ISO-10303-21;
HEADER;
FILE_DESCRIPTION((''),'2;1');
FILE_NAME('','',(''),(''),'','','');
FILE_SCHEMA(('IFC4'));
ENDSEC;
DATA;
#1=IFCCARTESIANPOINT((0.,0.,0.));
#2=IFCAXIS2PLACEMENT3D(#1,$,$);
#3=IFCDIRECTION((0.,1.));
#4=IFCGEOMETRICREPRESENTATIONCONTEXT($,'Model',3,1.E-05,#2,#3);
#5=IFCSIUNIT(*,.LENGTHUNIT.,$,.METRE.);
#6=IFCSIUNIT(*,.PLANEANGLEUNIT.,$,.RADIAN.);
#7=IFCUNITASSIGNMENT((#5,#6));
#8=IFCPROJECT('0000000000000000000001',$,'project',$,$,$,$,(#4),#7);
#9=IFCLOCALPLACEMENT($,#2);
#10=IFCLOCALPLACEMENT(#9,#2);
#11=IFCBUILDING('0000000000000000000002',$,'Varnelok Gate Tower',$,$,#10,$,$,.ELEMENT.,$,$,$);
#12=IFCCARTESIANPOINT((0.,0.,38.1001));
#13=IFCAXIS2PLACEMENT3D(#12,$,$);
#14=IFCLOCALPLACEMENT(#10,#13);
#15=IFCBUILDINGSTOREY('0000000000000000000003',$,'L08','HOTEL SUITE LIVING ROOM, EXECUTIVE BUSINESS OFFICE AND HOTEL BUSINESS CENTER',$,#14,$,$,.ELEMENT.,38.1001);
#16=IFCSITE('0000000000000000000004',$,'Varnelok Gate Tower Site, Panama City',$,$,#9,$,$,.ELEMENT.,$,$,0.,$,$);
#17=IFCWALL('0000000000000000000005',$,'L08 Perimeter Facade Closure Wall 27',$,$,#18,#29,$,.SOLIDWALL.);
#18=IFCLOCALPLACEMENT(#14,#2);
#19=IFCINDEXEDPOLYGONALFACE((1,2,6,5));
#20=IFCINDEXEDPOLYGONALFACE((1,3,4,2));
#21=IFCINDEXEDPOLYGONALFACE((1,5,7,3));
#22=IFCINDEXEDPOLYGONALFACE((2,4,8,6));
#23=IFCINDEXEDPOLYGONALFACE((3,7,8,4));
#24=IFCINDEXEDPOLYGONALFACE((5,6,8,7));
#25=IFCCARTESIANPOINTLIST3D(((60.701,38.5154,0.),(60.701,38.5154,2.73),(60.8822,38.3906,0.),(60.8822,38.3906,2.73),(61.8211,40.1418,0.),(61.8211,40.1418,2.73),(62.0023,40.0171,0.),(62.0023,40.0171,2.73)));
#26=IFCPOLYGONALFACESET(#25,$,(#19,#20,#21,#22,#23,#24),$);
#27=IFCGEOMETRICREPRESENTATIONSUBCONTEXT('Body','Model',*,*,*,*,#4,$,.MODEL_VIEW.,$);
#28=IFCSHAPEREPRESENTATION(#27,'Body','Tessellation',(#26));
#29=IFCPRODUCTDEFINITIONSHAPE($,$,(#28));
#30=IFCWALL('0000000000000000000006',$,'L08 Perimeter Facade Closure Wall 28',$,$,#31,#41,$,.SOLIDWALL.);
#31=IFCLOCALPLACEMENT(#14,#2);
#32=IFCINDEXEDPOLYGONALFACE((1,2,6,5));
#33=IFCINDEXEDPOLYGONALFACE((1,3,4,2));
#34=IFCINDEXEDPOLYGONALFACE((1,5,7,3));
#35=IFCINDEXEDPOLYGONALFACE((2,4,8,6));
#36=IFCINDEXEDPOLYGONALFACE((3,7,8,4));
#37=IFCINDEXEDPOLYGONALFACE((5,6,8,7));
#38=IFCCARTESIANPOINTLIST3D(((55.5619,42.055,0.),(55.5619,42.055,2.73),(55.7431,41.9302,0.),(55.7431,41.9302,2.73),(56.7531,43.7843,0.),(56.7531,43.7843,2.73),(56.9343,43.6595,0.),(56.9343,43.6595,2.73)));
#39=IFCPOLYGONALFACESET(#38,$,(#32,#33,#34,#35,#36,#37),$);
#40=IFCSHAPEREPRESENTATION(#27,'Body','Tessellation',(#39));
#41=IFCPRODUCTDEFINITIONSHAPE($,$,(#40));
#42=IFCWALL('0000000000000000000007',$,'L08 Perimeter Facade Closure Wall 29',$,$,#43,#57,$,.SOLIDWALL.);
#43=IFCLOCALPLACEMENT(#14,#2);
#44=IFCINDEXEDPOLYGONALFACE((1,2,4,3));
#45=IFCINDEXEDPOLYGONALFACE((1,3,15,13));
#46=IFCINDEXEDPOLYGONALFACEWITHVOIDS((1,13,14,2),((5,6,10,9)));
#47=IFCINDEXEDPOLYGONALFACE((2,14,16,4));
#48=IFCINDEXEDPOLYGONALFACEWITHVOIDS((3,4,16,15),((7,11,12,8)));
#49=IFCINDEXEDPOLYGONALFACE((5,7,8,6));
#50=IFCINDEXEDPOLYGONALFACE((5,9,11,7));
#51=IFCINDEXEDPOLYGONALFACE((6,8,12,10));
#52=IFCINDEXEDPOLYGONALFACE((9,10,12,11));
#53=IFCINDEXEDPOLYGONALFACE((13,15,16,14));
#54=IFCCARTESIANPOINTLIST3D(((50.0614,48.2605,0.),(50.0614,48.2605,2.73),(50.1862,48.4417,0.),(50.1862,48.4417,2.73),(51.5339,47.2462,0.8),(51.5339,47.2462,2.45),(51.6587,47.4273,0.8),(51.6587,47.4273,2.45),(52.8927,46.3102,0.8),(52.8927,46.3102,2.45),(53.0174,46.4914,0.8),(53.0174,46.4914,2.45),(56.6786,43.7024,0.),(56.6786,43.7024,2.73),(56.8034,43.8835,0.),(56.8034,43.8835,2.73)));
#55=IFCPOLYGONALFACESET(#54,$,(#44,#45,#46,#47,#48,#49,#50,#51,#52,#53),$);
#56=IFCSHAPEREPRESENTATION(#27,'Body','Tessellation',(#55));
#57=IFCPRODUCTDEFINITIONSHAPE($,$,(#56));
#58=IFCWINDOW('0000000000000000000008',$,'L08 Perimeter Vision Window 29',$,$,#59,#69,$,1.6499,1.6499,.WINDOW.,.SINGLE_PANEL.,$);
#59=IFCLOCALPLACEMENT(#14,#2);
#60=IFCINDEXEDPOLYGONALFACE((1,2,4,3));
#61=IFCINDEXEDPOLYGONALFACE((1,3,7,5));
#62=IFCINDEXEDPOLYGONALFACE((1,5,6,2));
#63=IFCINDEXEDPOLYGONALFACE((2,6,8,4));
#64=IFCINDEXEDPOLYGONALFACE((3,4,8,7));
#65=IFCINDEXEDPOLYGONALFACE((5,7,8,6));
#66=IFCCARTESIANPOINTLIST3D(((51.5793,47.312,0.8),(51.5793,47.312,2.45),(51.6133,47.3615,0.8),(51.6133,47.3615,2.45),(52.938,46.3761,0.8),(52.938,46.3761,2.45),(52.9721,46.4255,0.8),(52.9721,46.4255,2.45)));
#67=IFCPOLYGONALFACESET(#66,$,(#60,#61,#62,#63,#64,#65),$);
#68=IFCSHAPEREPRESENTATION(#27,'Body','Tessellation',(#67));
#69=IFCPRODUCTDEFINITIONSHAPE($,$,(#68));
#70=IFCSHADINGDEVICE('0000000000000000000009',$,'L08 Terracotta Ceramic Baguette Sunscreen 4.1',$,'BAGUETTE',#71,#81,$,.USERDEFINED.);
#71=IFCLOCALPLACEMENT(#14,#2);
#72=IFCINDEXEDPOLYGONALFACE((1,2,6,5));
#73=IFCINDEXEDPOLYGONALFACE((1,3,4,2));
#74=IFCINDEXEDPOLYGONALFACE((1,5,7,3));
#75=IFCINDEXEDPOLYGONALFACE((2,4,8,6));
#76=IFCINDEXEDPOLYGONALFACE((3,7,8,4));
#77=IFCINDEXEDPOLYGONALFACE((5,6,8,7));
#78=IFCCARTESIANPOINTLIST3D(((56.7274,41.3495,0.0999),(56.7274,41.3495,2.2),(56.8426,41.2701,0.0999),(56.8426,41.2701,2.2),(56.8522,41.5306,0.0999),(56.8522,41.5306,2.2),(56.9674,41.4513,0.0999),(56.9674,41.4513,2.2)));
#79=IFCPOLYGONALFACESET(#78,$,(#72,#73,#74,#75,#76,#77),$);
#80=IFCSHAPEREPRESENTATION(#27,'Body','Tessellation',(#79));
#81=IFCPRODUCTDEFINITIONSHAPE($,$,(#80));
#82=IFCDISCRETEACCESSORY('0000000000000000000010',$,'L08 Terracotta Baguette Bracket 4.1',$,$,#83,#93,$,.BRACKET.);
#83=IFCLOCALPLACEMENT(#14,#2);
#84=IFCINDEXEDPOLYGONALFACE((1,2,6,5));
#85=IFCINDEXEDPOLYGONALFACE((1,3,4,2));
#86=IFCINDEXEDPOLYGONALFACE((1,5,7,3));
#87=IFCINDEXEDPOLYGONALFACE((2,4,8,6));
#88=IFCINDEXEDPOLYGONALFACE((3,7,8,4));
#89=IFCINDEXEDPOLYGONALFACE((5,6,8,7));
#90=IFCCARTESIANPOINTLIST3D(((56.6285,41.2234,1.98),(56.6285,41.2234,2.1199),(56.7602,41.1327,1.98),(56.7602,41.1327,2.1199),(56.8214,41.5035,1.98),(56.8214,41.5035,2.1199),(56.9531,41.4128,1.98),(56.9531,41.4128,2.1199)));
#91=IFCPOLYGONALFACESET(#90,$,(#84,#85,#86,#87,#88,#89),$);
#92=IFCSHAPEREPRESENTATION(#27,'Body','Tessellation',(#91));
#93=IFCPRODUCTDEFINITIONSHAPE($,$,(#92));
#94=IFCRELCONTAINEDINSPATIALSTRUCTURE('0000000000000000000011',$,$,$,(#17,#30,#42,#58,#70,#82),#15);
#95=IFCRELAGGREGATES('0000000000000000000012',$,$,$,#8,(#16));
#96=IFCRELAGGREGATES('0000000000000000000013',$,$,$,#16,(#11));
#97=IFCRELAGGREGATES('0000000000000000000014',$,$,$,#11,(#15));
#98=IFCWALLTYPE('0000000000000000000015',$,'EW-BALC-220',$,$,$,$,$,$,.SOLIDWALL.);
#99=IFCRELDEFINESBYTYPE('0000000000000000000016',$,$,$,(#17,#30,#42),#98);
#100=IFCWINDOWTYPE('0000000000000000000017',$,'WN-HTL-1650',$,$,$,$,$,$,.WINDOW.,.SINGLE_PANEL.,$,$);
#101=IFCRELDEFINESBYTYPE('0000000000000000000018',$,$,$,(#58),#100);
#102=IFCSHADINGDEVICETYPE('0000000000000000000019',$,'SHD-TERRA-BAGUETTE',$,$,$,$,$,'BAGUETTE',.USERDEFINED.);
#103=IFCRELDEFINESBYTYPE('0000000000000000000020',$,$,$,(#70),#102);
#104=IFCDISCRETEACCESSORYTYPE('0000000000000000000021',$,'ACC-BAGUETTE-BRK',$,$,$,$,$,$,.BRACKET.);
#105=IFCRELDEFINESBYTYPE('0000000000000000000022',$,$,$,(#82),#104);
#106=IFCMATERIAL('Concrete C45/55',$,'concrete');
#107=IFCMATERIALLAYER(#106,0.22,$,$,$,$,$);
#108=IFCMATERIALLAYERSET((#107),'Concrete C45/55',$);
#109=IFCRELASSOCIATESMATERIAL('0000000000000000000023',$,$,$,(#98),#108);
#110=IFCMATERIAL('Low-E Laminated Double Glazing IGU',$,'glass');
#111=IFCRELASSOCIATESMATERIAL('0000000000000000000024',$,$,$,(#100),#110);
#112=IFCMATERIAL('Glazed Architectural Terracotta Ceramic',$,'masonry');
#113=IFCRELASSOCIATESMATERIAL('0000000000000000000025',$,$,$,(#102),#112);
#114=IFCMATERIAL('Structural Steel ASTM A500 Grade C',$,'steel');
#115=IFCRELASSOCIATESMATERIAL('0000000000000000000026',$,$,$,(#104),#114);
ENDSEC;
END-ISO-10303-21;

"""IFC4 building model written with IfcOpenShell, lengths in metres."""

from ifc_helpers import new_model, si_unit, direction, frame, frame_2d, origin, origin_2d, place, context, subcontext, project, spatial, rectangle, extrude, source, transform, mapped, material, layer, layer_set, type_object, element, fill, save


model = new_model("IFC4")

# Units and contexts
model_context = context("Model", 3, precision=1e-05, world=origin(), true_north=direction((0.0, 1.0)))
body_context = subcontext(model_context, "Body", "Model", "MODEL_VIEW")
ifc_project = project(units=[si_unit("LENGTHUNIT", "METRE"), si_unit("PLANEANGLEUNIT", "RADIAN")], contexts=[model_context])

# Site, building, storey
site_placement = place(None, origin())
site = spatial("IfcSite", under=ifc_project, at=site_placement, Name="Varnelok Gate Tower Site, Panama City", CompositionType="ELEMENT", RefElevation=0.0)
building_placement = place(site_placement, origin())
building = spatial("IfcBuilding", under=site, at=building_placement, Name="Varnelok Gate Tower", CompositionType="ELEMENT")
storey_placement = place(building_placement, frame((0.0, 0.0, 38.1001)))
storey = spatial("IfcBuildingStorey", under=building, at=storey_placement, Name="L08", Description="HOTEL SUITE LIVING ROOM, EXECUTIVE BUSINESS OFFICE AND HOTEL BUSINESS CENTER", CompositionType="ELEMENT", Elevation=38.1001)

# Shared definitions
ifc_material_1 = material(Name="Concrete C45/55", Category="concrete")
ifc_layer = layer(ifc_material_1, 0.22)
ifc_layer_set = layer_set([ifc_layer], Name="Concrete C45/55")
wall_type = type_object("IfcWallType", Name="EW-BALC-220", PredefinedType="SOLIDWALL", material=ifc_layer_set)

# Shared definitions
ifc_material_2 = material(Name="Low-E Laminated Double Glazing IGU", Category="glass")
window_type = type_object("IfcWindowType", Name="WN-HTL-1650", PartitioningType="SINGLE_PANEL", PredefinedType="WINDOW", material=ifc_material_2)

# Walls
wall_1_placement = place(storey_placement, frame((61.9116, 40.0793, 0.0), z_axis=(0.0, 0.0, 1.0), x_axis=(-0.56719, -0.823587, 0.0)))
element("IfcWall", 1, at=wall_1_placement, inside=storey, type_object=wall_type, Name="L08 Perimeter Facade Closure Wall 27", PredefinedType="SOLIDWALL", context=body_context, shape_type="SweptSolid", body=[
    extrude(rectangle(XDim=1.9749, YDim=0.22, at=frame_2d((0.9873, 0.0))), origin(), (0.0, 0.0, 1.0), 2.73),
])
wall_2_placement = place(storey_placement, frame((55.6526, 41.9927, 0.0), z_axis=(0.0, 0.0, 1.0), x_axis=(0.567274, 0.823529, 0.0)))
element("IfcWall", 2, at=wall_2_placement, inside=storey, type_object=wall_type, Name="L08 Perimeter Facade Closure Wall 28", PredefinedType="SOLIDWALL", context=body_context, shape_type="SweptSolid", body=[
    extrude(rectangle(XDim=2.0999, YDim=0.22, at=frame_2d((1.0498, 0.0))), origin(), (0.0, 0.0, 1.0), 2.73),
])

# Wall, opening, window
wall_3_placement = place(storey_placement, frame((56.741, 43.793, 0.0), z_axis=(0.0, 0.0, 1.0), x_axis=(-0.823531, 0.567271, 0.0)))
wall_3 = element("IfcWall", 3, at=wall_3_placement, inside=storey, type_object=wall_type, Name="L08 Perimeter Facade Closure Wall 29", PredefinedType="SOLIDWALL", context=body_context, shape_type="SweptSolid", body=[
    extrude(rectangle(XDim=8.0352, YDim=0.22, at=frame_2d((4.0176, 0.0))), origin(), (0.0, 0.0, 1.0), 2.73),
])
opening_1_placement = place(wall_3_placement, frame((4.5972, 0.0, 0.8)))
opening_1 = element("IfcOpeningElement", 4, at=opening_1_placement, cuts=wall_3, PredefinedType="OPENING", context=body_context, shape_type="SweptSolid", body=[
    extrude(rectangle(XDim=1.6499, YDim=1.6499, at=frame_2d((0.825, 0.825))), frame((0.0, 0.1199, 0.0), z_axis=(0.0, -1.0, 0.0), x_axis=(1.0, 0.0, 0.0)), (0.0, 0.0, 1.0), 0.24),
])
window_1_placement = place(opening_1_placement, origin())
window_1 = element("IfcWindow", 5, at=window_1_placement, inside=storey, type_object=window_type, Name="L08 Perimeter Vision Window 29", OverallHeight=1.6499, OverallWidth=1.6499, PartitioningType="SINGLE_PANEL", PredefinedType="WINDOW", context=body_context, shape_type="SweptSolid", body=[
    extrude(rectangle(XDim=1.6499, YDim=1.6499, at=frame_2d((0.825, 0.825))), frame((0.0, 0.03, 0.0), z_axis=(0.0, -1.0, 0.0), x_axis=(1.0, 0.0, 0.0)), (0.0, 0.0, 1.0), 0.0601),
])
fill(opening_1, window_1)

# Shading device
ifc_material_3 = material(Name="Glazed Architectural Terracotta Ceramic", Category="masonry")
shading_device_type = type_object("IfcShadingDeviceType", Name="SHD-TERRA-BAGUETTE", ElementType="BAGUETTE", PredefinedType="USERDEFINED", material=ifc_material_3)
shared_shape_1 = source(origin(), body_context, "Body", "SweptSolid", [
    extrude(rectangle(XDim=0.1399, YDim=0.22, at=origin_2d()), origin(), (0.0, 0.0, 1.0), 2.1001),
])
shading_device_placement = place(storey_placement, frame((56.8474, 41.4004, 0.0999), z_axis=(0.0, 0.0, 1.0), x_axis=(0.823533, -0.567269, 0.0)))
element("IfcShadingDevice", 6, at=shading_device_placement, inside=storey, type_object=shading_device_type, Name="L08 Terracotta Ceramic Baguette Sunscreen 4.1", ObjectType="BAGUETTE", PredefinedType="USERDEFINED", context=body_context, shape_type="MappedRepresentation", body=[
    mapped(shared_shape_1, transform((0.0, 0.0, 0.0), scale=1.0)),
])

# Discrete accessory
ifc_material_4 = material(Name="Structural Steel ASTM A500 Grade C", Category="steel")
discrete_accessory_type = type_object("IfcDiscreteAccessoryType", Name="ACC-BAGUETTE-BRK", PredefinedType="BRACKET", material=ifc_material_4)
shared_shape_2 = source(origin(), body_context, "Body", "SweptSolid", [
    extrude(rectangle(XDim=0.1599, YDim=0.3401, at=origin_2d()), origin(), (0.0, 0.0, 1.0), 0.1399),
])
discrete_accessory_placement = place(storey_placement, frame((56.7908, 41.3181, 1.98), z_axis=(0.0, 0.0, 1.0), x_axis=(0.823533, -0.567269, 0.0)))
element("IfcDiscreteAccessory", 7, at=discrete_accessory_placement, inside=storey, type_object=discrete_accessory_type, Name="L08 Terracotta Baguette Bracket 4.1", PredefinedType="BRACKET", context=body_context, shape_type="MappedRepresentation", body=[
    mapped(shared_shape_2, transform((0.0, 0.0, 0.0), scale=1.0)),
])

save(model, "model.ifc")
